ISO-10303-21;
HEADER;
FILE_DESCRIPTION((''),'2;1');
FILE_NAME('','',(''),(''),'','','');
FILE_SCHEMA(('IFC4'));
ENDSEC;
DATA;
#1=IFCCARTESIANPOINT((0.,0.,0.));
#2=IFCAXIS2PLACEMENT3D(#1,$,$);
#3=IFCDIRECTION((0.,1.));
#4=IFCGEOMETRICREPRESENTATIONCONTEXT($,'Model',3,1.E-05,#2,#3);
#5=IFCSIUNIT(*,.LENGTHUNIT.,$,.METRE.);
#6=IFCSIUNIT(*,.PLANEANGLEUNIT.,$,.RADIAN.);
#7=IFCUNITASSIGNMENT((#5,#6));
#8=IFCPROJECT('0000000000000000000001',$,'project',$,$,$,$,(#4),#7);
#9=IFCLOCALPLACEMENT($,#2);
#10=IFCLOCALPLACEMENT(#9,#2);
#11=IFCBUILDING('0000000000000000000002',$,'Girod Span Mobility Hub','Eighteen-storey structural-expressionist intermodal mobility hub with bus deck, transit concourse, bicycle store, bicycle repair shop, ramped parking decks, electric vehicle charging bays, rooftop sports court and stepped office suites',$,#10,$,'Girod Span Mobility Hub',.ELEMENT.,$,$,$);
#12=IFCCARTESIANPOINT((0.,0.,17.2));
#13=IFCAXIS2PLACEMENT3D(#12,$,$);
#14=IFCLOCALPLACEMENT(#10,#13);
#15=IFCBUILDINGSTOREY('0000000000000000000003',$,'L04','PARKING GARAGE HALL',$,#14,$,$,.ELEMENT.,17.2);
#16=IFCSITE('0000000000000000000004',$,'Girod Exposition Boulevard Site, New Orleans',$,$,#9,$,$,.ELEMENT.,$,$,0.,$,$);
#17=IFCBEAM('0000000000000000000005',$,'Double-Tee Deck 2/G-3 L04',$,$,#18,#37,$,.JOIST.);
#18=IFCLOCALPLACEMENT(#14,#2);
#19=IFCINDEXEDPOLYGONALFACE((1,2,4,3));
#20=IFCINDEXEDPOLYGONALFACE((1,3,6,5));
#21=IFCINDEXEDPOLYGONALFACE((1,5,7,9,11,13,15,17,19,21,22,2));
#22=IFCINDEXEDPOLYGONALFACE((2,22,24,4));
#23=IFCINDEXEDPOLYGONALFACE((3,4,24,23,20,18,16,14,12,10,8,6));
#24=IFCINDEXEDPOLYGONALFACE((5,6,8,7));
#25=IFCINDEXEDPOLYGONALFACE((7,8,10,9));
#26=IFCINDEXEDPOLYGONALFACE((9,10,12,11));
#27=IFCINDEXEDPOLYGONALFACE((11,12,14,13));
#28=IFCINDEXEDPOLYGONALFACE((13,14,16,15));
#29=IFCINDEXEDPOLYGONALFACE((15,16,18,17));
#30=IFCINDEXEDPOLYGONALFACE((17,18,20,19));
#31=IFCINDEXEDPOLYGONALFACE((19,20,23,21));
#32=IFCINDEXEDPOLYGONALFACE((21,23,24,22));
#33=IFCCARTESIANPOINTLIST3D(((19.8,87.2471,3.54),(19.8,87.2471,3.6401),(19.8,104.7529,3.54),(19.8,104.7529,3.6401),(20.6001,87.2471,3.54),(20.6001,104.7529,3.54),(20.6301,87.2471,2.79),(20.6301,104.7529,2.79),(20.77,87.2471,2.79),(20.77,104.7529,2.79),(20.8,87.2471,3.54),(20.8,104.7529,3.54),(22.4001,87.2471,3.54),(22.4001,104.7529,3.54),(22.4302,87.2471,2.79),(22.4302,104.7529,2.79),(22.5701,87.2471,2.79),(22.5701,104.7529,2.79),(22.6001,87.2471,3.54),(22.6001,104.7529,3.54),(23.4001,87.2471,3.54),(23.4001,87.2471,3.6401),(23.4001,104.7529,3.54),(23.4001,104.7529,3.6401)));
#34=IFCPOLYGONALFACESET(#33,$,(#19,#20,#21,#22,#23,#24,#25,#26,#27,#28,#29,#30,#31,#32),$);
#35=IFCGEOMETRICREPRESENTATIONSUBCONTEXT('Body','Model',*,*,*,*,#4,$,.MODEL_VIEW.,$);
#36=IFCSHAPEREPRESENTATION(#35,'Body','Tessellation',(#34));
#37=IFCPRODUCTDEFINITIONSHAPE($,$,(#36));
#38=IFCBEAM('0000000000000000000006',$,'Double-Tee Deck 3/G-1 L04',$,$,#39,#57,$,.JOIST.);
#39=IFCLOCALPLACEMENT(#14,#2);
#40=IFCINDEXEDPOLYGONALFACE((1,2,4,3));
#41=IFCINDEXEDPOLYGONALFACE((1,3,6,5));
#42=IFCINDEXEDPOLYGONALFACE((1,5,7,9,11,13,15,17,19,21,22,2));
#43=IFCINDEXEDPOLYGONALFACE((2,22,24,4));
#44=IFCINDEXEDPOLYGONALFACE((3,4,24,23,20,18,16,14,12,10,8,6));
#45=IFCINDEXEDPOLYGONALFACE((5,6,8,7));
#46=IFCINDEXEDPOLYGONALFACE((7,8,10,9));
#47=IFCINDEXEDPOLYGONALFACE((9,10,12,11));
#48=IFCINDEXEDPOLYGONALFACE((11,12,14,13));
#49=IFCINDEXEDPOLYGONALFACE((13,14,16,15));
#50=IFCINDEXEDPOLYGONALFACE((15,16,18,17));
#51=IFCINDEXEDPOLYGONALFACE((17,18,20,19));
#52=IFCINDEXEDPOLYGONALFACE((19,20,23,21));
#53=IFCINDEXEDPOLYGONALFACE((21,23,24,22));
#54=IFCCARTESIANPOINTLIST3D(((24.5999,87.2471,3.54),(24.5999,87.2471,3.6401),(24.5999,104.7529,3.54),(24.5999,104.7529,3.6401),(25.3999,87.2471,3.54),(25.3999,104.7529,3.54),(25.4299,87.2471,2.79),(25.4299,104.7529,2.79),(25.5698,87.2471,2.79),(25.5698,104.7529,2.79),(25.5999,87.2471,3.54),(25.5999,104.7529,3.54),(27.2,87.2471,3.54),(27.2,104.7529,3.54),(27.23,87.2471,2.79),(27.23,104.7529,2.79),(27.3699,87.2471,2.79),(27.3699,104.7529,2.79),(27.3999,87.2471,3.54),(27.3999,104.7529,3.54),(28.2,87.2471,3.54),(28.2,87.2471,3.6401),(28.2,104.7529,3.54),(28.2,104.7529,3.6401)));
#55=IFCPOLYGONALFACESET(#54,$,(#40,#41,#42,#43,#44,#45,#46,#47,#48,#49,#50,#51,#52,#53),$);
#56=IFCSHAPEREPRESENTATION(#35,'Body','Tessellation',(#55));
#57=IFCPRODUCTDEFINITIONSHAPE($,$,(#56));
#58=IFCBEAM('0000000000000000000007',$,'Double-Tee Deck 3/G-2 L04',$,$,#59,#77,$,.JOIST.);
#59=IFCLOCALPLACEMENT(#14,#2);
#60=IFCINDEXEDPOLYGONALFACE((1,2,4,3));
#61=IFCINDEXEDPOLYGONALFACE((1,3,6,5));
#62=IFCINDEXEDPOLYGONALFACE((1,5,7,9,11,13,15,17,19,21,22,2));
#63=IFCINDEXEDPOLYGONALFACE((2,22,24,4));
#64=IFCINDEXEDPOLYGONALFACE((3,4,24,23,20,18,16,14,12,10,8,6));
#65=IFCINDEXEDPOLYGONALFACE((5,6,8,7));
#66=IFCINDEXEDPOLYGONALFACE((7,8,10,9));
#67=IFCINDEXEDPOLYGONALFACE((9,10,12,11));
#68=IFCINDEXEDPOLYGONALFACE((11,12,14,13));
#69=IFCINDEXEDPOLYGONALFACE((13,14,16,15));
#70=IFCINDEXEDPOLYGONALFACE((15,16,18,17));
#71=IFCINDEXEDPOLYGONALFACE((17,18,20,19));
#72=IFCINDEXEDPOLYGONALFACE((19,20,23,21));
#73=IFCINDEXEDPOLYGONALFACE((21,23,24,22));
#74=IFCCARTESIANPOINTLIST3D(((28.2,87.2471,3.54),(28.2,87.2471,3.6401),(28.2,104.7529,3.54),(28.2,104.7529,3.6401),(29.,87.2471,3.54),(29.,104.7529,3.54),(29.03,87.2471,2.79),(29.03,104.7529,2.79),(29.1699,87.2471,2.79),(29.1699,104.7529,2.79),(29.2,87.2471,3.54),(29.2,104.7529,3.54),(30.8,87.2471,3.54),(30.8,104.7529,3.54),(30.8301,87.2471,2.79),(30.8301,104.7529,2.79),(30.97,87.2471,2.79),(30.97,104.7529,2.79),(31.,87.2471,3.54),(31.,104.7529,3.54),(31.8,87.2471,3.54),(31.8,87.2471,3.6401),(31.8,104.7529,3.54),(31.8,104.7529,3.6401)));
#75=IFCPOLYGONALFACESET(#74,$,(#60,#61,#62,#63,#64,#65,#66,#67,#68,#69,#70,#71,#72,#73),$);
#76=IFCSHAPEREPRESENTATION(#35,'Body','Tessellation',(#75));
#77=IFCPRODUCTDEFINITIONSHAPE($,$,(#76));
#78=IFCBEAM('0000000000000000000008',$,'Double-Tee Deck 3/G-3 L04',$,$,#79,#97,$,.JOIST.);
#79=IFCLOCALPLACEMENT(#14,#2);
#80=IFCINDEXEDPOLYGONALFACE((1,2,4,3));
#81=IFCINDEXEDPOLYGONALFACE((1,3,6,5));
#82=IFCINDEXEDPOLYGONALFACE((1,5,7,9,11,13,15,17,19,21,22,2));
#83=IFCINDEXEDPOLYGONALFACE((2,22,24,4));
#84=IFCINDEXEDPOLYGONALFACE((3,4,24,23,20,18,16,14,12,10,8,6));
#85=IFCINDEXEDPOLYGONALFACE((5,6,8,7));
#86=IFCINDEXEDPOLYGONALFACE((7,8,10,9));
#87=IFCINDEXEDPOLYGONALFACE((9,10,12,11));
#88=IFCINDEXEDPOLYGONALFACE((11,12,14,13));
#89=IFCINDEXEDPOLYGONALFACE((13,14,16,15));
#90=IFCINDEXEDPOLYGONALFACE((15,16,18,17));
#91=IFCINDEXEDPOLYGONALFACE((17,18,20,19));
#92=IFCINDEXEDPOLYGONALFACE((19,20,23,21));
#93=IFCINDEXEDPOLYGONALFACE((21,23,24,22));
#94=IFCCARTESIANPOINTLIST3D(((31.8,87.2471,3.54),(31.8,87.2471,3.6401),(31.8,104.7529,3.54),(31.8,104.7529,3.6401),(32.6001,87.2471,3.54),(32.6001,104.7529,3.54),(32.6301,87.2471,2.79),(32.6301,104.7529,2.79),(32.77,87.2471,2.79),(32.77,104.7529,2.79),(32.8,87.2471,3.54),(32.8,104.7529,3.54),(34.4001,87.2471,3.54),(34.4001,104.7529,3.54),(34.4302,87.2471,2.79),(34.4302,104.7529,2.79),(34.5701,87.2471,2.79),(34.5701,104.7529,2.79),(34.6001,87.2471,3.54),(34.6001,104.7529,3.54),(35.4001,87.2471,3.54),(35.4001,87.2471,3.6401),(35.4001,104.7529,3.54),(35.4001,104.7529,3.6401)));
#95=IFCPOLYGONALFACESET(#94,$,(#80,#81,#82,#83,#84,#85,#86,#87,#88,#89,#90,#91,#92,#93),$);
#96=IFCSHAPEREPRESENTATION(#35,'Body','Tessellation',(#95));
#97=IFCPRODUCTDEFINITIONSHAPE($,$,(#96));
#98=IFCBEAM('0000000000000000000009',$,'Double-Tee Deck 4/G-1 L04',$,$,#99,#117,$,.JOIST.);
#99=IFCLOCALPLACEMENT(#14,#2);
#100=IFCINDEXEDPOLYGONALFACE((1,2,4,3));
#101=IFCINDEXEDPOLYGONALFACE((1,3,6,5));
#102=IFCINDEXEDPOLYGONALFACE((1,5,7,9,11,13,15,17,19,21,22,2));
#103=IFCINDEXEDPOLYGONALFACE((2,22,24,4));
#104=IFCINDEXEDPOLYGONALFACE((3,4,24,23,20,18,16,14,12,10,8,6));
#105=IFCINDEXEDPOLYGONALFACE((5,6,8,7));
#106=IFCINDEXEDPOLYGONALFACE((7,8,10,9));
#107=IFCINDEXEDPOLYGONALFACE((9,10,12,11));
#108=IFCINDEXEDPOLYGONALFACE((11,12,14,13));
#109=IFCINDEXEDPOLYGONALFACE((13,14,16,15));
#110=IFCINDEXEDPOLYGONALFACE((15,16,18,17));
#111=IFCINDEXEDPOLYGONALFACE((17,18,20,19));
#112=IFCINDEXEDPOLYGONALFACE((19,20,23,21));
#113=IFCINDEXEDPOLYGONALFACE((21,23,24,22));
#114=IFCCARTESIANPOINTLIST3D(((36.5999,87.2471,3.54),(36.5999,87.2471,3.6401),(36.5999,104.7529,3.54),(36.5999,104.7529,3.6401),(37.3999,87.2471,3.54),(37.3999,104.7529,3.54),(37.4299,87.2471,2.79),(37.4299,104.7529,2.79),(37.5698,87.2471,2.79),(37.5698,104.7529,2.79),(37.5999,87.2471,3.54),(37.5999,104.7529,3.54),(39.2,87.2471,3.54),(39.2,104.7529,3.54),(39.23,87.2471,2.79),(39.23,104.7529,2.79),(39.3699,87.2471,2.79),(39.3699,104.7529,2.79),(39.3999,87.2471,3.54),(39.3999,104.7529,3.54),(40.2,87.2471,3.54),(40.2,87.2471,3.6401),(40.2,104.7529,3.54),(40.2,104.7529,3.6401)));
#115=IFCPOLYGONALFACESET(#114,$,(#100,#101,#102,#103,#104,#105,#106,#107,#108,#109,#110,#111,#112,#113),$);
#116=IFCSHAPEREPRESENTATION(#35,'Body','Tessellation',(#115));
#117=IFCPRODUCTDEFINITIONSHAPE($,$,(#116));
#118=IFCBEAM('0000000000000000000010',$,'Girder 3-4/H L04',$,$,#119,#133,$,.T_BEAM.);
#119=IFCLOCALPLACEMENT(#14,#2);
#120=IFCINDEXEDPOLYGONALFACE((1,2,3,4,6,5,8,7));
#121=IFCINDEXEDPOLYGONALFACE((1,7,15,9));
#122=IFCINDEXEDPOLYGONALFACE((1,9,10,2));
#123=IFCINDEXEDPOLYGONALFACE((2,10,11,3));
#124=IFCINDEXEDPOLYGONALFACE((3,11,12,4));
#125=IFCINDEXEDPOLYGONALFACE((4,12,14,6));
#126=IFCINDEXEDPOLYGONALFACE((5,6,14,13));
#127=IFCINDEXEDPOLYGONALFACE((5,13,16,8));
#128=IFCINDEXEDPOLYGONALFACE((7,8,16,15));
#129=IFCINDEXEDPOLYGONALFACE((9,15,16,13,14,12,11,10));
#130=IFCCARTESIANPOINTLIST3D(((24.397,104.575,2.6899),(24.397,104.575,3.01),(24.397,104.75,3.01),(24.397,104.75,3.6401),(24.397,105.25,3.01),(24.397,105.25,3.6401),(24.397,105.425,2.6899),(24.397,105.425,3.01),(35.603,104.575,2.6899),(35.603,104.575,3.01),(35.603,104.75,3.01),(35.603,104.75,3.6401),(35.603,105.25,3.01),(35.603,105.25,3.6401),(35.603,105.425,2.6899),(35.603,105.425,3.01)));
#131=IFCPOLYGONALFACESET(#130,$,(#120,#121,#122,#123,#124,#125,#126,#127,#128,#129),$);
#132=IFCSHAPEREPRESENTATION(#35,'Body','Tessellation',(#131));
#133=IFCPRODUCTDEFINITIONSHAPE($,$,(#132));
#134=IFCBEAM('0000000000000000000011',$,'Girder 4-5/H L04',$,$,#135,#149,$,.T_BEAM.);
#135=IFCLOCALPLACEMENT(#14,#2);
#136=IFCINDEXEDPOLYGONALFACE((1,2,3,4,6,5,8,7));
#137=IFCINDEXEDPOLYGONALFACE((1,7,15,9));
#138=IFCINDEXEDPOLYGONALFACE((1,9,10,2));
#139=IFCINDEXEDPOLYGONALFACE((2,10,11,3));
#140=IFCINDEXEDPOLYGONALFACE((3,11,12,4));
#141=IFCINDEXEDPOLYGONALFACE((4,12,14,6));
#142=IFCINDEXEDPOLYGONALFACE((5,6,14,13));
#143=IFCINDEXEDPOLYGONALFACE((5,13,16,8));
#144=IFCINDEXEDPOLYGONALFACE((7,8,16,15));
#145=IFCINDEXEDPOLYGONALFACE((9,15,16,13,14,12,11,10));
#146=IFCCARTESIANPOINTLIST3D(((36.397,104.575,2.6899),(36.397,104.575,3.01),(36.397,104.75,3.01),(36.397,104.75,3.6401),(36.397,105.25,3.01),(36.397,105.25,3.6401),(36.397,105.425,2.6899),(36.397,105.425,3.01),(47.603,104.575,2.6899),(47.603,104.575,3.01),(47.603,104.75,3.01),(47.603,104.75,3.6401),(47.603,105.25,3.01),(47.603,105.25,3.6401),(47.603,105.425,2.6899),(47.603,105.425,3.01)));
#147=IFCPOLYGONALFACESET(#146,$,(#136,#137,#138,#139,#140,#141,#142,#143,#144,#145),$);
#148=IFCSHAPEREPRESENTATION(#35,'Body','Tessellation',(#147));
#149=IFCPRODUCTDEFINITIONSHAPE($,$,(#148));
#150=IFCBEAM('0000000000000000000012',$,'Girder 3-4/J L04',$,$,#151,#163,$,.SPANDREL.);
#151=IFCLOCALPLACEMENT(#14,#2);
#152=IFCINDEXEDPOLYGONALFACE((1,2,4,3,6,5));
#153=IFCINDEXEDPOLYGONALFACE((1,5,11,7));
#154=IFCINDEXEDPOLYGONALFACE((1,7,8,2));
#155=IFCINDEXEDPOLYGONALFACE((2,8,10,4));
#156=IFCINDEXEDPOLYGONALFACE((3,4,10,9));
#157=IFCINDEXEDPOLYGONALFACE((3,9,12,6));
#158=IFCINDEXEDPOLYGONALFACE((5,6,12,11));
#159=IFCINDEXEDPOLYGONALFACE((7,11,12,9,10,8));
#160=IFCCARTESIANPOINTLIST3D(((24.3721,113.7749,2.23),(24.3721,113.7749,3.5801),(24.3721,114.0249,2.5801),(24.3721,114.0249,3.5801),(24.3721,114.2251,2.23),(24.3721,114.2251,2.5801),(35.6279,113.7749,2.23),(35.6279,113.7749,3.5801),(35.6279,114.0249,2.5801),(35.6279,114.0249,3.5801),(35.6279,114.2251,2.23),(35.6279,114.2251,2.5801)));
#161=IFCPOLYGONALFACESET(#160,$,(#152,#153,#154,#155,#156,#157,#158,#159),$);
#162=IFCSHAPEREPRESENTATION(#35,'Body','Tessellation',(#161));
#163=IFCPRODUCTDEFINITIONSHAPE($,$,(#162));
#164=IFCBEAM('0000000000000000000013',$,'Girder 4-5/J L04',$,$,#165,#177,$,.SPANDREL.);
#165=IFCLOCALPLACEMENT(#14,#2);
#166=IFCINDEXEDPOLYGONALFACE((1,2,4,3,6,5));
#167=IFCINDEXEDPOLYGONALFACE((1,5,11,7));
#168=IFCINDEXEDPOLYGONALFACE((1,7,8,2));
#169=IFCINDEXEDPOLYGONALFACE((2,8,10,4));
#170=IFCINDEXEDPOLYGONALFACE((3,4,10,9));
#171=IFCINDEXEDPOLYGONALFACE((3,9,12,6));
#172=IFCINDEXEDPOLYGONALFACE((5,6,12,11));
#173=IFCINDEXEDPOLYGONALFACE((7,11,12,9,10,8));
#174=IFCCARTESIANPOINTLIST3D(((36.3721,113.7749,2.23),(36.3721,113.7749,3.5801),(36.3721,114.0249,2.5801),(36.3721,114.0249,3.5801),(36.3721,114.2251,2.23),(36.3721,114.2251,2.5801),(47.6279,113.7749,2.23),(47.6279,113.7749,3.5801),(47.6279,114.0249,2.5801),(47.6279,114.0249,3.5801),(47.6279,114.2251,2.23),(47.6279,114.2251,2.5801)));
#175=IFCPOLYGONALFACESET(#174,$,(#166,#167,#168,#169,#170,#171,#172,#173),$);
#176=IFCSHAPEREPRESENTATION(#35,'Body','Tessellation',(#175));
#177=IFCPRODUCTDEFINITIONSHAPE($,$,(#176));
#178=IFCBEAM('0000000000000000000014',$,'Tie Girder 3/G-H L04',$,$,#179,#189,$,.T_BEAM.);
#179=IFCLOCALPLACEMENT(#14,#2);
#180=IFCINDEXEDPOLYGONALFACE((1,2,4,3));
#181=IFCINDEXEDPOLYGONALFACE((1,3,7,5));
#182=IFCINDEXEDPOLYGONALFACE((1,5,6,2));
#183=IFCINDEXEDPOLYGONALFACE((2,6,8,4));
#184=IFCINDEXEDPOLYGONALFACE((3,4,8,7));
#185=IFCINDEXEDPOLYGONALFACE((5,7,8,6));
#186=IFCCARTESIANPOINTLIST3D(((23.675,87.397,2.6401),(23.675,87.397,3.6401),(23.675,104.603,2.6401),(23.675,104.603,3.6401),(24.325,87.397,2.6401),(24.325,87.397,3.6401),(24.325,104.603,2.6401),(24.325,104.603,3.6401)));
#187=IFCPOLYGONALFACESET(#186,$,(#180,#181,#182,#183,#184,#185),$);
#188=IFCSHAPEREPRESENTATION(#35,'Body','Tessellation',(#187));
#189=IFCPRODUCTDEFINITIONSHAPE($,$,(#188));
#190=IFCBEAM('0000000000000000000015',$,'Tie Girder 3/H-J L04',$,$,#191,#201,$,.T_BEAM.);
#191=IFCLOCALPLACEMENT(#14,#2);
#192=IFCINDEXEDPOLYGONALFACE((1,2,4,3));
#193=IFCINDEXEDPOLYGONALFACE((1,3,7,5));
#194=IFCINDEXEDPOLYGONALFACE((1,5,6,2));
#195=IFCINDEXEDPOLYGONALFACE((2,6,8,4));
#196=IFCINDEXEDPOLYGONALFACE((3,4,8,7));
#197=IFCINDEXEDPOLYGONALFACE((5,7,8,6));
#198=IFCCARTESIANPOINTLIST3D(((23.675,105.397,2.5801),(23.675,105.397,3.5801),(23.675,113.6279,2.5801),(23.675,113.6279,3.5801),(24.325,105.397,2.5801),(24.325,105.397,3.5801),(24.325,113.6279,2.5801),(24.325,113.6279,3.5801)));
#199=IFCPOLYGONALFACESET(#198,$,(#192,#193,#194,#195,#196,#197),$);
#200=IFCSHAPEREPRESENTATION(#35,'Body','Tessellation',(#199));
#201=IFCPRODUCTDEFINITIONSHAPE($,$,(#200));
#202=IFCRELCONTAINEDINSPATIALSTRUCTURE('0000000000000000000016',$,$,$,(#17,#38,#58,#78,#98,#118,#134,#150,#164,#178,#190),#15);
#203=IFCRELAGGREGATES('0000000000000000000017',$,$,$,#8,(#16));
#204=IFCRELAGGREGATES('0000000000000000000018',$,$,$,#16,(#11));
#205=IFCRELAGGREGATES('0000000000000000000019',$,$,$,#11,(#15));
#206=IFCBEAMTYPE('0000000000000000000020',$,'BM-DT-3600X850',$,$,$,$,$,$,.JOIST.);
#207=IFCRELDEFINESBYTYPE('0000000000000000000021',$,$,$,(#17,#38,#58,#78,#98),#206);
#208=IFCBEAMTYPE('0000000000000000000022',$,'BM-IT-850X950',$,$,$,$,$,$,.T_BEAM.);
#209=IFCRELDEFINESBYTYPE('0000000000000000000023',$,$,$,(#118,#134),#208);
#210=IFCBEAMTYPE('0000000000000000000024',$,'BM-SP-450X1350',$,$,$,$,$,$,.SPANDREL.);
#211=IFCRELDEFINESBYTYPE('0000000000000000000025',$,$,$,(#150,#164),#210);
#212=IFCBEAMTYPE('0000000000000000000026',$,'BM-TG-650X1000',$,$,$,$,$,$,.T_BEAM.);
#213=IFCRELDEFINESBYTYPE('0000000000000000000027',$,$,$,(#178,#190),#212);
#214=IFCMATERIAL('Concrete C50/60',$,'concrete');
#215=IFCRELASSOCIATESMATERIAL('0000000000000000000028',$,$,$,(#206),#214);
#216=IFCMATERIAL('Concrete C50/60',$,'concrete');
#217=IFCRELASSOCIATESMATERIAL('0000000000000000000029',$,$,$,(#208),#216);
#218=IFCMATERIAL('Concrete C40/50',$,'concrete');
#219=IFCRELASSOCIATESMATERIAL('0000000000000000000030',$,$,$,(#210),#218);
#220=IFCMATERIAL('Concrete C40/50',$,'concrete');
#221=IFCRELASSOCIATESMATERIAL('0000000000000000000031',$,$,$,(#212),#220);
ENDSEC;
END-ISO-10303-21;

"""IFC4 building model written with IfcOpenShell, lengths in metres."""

from ifc_helpers import new_model, si_unit, direction, frame, origin, origin_2d, place, context, subcontext, project, spatial, polyline, rectangle, outline, extrude, material, material_profile, profile_set, type_object, element, save


model = new_model("IFC4")

# Units and contexts
model_context = context("Model", 3, precision=1e-05, world=origin(), true_north=direction((0.0, 1.0)))
body_context = subcontext(model_context, "Body", "Model", "MODEL_VIEW")
ifc_project = project(units=[si_unit("LENGTHUNIT", "METRE"), si_unit("PLANEANGLEUNIT", "RADIAN")], contexts=[model_context])

# Site, building, storey
site_placement = place(None, origin())
site = spatial("IfcSite", under=ifc_project, at=site_placement, Name="Girod Exposition Boulevard Site, New Orleans", CompositionType="ELEMENT", RefElevation=0.0)
building_placement = place(site_placement, origin())
building = spatial("IfcBuilding", under=site, at=building_placement, Name="Girod Span Mobility Hub", Description="Eighteen-storey structural-expressionist intermodal mobility hub with bus deck, transit concourse, bicycle store, bicycle repair shop, ramped parking decks, electric vehicle charging bays, rooftop sports court and stepped office suites", LongName="Girod Span Mobility Hub", CompositionType="ELEMENT")
storey_placement = place(building_placement, frame((0.0, 0.0, 17.2)))
storey = spatial("IfcBuildingStorey", under=building, at=storey_placement, Name="L04", Description="PARKING GARAGE HALL", CompositionType="ELEMENT", Elevation=17.2)

# Beams
ifc_material_1 = material(Name="Concrete C50/60", Category="concrete")
ifc_material_profile_1 = material_profile(ifc_material_1, outline(polyline([(-1.8, 0.425), (-1.8, 0.325), (-1.0, 0.325), (-0.97, -0.425), (-0.8301, -0.425), (-0.8, 0.325), (0.8, 0.325), (0.8301, -0.425), (0.97, -0.425), (1.0, 0.325), (1.8, 0.325), (1.8, 0.425), (-1.8, 0.425)])), Name="DT-3600X850")
ifc_profile_set_1 = profile_set([ifc_material_profile_1], Name="Concrete C50/60")
beam_type_1 = type_object("IfcBeamType", Name="BM-DT-3600X850", PredefinedType="JOIST", material=ifc_profile_set_1)
for number, where, z_axis, x_axis, name in (
    (1, (21.6001, 87.2471, 3.2151), (0.0, 1.0, 0.0), (-1.0, 0.0, 0.0), "Double-Tee Deck 2/G-3 L04"),
    (2, (26.3999, 87.2471, 3.2151), (0.0, 1.0, 0.0), (-1.0, 0.0, 0.0), "Double-Tee Deck 3/G-1 L04"),
    (3, (30.0, 87.2471, 3.2151), (0.0, 1.0, 0.0), (-1.0, 0.0, 0.0), "Double-Tee Deck 3/G-2 L04"),
    (4, (33.6001, 87.2471, 3.2151), (0.0, 1.0, 0.0), (-1.0, 0.0, 0.0), "Double-Tee Deck 3/G-3 L04"),
    (5, (38.3999, 87.2471, 3.2151), (0.0, 1.0, 0.0), (-1.0, 0.0, 0.0), "Double-Tee Deck 4/G-1 L04"),
):
    element("IfcBeam", number, at=place(storey_placement, frame(where, z_axis=z_axis, x_axis=x_axis)), inside=storey, type_object=beam_type_1, Name=name, PredefinedType="JOIST", context=body_context, shape_type="SweptSolid", body=[
        extrude(outline(polyline([(-1.8, 0.425), (-1.8, 0.325), (-1.0, 0.325), (-0.97, -0.425), (-0.8301, -0.425), (-0.8, 0.325), (0.8, 0.325), (0.8301, -0.425), (0.97, -0.425), (1.0, 0.325), (1.8, 0.325), (1.8, 0.425), (-1.8, 0.425)])), origin(), (0.0, 0.0, 1.0), 17.5059),
    ])
ifc_material_2 = material(Name="Concrete C50/60", Category="concrete")
ifc_material_profile_2 = material_profile(ifc_material_2, outline(polyline([(-0.425, -0.4751), (0.425, -0.4751), (0.425, -0.155), (0.25, -0.155), (0.25, 0.4751), (-0.25, 0.4751), (-0.25, -0.155), (-0.425, -0.155), (-0.425, -0.4751)])), Name="IT-850X950")
ifc_profile_set_2 = profile_set([ifc_material_profile_2], Name="Concrete C50/60")
beam_type_2 = type_object("IfcBeamType", Name="BM-IT-850X950", PredefinedType="T_BEAM", material=ifc_profile_set_2)
for number, where, z_axis, x_axis, name in (
    (6, (24.397, 105.0, 3.165), (1.0, 0.0, 0.0), (0.0, 1.0, 0.0), "Girder 3-4/H L04"),
    (7, (36.397, 105.0, 3.165), (1.0, 0.0, 0.0), (0.0, 1.0, 0.0), "Girder 4-5/H L04"),
):
    element("IfcBeam", number, at=place(storey_placement, frame(where, z_axis=z_axis, x_axis=x_axis)), inside=storey, type_object=beam_type_2, Name=name, PredefinedType="T_BEAM", context=body_context, shape_type="SweptSolid", body=[
        extrude(outline(polyline([(-0.425, -0.4751), (0.425, -0.4751), (0.425, -0.155), (0.25, -0.155), (0.25, 0.4751), (-0.25, 0.4751), (-0.25, -0.155), (-0.425, -0.155), (-0.425, -0.4751)])), origin(), (0.0, 0.0, 1.0), 11.2061),
    ])
ifc_material_3 = material(Name="Concrete C40/50", Category="concrete")
ifc_material_profile_3 = material_profile(ifc_material_3, outline(polyline([(-0.2251, -0.675), (0.2251, -0.675), (0.2251, -0.325), (0.0249, -0.325), (0.0249, 0.675), (-0.2251, 0.675), (-0.2251, -0.675)])), Name="SP-450X1350")
ifc_profile_set_3 = profile_set([ifc_material_profile_3], Name="Concrete C40/50")
beam_type_3 = type_object("IfcBeamType", Name="BM-SP-450X1350", PredefinedType="SPANDREL", material=ifc_profile_set_3)
for number, where, z_axis, x_axis, name in (
    (8, (24.3721, 114.0, 2.905), (1.0, 0.0, 0.0), (0.0, 1.0, 0.0), "Girder 3-4/J L04"),
    (9, (36.3721, 114.0, 2.905), (1.0, 0.0, 0.0), (0.0, 1.0, 0.0), "Girder 4-5/J L04"),
):
    element("IfcBeam", number, at=place(storey_placement, frame(where, z_axis=z_axis, x_axis=x_axis)), inside=storey, type_object=beam_type_3, Name=name, PredefinedType="SPANDREL", context=body_context, shape_type="SweptSolid", body=[
        extrude(outline(polyline([(-0.2251, -0.675), (0.2251, -0.675), (0.2251, -0.325), (0.0249, -0.325), (0.0249, 0.675), (-0.2251, 0.675), (-0.2251, -0.675)])), origin(), (0.0, 0.0, 1.0), 11.2559),
    ])
ifc_material_4 = material(Name="Concrete C40/50", Category="concrete")
ifc_material_profile_4 = material_profile(ifc_material_4, rectangle(XDim=0.6499, YDim=1.0, at=origin_2d()), Name="TG-650X1000")
ifc_profile_set_4 = profile_set([ifc_material_profile_4], Name="Concrete C40/50")
beam_type_4 = type_object("IfcBeamType", Name="BM-TG-650X1000", PredefinedType="T_BEAM", material=ifc_profile_set_4)
beam_1_placement = place(storey_placement, frame((24.0, 87.397, 3.1401), z_axis=(0.0, 1.0, 0.0), x_axis=(-1.0, 0.0, 0.0)))
element("IfcBeam", 10, at=beam_1_placement, inside=storey, type_object=beam_type_4, Name="Tie Girder 3/G-H L04", PredefinedType="T_BEAM", context=body_context, shape_type="SweptSolid", body=[
    extrude(rectangle(XDim=0.6499, YDim=1.0, at=origin_2d()), origin(), (0.0, 0.0, 1.0), 17.2061),
])
beam_2_placement = place(storey_placement, frame((24.0, 105.397, 3.0801), z_axis=(0.0, 1.0, 0.0), x_axis=(-1.0, 0.0, 0.0)))
element("IfcBeam", 11, at=beam_2_placement, inside=storey, type_object=beam_type_4, Name="Tie Girder 3/H-J L04", PredefinedType="T_BEAM", context=body_context, shape_type="SweptSolid", body=[
    extrude(rectangle(XDim=0.6499, YDim=1.0, at=origin_2d()), origin(), (0.0, 0.0, 1.0), 8.231),
])

save(model, "model.ifc")
